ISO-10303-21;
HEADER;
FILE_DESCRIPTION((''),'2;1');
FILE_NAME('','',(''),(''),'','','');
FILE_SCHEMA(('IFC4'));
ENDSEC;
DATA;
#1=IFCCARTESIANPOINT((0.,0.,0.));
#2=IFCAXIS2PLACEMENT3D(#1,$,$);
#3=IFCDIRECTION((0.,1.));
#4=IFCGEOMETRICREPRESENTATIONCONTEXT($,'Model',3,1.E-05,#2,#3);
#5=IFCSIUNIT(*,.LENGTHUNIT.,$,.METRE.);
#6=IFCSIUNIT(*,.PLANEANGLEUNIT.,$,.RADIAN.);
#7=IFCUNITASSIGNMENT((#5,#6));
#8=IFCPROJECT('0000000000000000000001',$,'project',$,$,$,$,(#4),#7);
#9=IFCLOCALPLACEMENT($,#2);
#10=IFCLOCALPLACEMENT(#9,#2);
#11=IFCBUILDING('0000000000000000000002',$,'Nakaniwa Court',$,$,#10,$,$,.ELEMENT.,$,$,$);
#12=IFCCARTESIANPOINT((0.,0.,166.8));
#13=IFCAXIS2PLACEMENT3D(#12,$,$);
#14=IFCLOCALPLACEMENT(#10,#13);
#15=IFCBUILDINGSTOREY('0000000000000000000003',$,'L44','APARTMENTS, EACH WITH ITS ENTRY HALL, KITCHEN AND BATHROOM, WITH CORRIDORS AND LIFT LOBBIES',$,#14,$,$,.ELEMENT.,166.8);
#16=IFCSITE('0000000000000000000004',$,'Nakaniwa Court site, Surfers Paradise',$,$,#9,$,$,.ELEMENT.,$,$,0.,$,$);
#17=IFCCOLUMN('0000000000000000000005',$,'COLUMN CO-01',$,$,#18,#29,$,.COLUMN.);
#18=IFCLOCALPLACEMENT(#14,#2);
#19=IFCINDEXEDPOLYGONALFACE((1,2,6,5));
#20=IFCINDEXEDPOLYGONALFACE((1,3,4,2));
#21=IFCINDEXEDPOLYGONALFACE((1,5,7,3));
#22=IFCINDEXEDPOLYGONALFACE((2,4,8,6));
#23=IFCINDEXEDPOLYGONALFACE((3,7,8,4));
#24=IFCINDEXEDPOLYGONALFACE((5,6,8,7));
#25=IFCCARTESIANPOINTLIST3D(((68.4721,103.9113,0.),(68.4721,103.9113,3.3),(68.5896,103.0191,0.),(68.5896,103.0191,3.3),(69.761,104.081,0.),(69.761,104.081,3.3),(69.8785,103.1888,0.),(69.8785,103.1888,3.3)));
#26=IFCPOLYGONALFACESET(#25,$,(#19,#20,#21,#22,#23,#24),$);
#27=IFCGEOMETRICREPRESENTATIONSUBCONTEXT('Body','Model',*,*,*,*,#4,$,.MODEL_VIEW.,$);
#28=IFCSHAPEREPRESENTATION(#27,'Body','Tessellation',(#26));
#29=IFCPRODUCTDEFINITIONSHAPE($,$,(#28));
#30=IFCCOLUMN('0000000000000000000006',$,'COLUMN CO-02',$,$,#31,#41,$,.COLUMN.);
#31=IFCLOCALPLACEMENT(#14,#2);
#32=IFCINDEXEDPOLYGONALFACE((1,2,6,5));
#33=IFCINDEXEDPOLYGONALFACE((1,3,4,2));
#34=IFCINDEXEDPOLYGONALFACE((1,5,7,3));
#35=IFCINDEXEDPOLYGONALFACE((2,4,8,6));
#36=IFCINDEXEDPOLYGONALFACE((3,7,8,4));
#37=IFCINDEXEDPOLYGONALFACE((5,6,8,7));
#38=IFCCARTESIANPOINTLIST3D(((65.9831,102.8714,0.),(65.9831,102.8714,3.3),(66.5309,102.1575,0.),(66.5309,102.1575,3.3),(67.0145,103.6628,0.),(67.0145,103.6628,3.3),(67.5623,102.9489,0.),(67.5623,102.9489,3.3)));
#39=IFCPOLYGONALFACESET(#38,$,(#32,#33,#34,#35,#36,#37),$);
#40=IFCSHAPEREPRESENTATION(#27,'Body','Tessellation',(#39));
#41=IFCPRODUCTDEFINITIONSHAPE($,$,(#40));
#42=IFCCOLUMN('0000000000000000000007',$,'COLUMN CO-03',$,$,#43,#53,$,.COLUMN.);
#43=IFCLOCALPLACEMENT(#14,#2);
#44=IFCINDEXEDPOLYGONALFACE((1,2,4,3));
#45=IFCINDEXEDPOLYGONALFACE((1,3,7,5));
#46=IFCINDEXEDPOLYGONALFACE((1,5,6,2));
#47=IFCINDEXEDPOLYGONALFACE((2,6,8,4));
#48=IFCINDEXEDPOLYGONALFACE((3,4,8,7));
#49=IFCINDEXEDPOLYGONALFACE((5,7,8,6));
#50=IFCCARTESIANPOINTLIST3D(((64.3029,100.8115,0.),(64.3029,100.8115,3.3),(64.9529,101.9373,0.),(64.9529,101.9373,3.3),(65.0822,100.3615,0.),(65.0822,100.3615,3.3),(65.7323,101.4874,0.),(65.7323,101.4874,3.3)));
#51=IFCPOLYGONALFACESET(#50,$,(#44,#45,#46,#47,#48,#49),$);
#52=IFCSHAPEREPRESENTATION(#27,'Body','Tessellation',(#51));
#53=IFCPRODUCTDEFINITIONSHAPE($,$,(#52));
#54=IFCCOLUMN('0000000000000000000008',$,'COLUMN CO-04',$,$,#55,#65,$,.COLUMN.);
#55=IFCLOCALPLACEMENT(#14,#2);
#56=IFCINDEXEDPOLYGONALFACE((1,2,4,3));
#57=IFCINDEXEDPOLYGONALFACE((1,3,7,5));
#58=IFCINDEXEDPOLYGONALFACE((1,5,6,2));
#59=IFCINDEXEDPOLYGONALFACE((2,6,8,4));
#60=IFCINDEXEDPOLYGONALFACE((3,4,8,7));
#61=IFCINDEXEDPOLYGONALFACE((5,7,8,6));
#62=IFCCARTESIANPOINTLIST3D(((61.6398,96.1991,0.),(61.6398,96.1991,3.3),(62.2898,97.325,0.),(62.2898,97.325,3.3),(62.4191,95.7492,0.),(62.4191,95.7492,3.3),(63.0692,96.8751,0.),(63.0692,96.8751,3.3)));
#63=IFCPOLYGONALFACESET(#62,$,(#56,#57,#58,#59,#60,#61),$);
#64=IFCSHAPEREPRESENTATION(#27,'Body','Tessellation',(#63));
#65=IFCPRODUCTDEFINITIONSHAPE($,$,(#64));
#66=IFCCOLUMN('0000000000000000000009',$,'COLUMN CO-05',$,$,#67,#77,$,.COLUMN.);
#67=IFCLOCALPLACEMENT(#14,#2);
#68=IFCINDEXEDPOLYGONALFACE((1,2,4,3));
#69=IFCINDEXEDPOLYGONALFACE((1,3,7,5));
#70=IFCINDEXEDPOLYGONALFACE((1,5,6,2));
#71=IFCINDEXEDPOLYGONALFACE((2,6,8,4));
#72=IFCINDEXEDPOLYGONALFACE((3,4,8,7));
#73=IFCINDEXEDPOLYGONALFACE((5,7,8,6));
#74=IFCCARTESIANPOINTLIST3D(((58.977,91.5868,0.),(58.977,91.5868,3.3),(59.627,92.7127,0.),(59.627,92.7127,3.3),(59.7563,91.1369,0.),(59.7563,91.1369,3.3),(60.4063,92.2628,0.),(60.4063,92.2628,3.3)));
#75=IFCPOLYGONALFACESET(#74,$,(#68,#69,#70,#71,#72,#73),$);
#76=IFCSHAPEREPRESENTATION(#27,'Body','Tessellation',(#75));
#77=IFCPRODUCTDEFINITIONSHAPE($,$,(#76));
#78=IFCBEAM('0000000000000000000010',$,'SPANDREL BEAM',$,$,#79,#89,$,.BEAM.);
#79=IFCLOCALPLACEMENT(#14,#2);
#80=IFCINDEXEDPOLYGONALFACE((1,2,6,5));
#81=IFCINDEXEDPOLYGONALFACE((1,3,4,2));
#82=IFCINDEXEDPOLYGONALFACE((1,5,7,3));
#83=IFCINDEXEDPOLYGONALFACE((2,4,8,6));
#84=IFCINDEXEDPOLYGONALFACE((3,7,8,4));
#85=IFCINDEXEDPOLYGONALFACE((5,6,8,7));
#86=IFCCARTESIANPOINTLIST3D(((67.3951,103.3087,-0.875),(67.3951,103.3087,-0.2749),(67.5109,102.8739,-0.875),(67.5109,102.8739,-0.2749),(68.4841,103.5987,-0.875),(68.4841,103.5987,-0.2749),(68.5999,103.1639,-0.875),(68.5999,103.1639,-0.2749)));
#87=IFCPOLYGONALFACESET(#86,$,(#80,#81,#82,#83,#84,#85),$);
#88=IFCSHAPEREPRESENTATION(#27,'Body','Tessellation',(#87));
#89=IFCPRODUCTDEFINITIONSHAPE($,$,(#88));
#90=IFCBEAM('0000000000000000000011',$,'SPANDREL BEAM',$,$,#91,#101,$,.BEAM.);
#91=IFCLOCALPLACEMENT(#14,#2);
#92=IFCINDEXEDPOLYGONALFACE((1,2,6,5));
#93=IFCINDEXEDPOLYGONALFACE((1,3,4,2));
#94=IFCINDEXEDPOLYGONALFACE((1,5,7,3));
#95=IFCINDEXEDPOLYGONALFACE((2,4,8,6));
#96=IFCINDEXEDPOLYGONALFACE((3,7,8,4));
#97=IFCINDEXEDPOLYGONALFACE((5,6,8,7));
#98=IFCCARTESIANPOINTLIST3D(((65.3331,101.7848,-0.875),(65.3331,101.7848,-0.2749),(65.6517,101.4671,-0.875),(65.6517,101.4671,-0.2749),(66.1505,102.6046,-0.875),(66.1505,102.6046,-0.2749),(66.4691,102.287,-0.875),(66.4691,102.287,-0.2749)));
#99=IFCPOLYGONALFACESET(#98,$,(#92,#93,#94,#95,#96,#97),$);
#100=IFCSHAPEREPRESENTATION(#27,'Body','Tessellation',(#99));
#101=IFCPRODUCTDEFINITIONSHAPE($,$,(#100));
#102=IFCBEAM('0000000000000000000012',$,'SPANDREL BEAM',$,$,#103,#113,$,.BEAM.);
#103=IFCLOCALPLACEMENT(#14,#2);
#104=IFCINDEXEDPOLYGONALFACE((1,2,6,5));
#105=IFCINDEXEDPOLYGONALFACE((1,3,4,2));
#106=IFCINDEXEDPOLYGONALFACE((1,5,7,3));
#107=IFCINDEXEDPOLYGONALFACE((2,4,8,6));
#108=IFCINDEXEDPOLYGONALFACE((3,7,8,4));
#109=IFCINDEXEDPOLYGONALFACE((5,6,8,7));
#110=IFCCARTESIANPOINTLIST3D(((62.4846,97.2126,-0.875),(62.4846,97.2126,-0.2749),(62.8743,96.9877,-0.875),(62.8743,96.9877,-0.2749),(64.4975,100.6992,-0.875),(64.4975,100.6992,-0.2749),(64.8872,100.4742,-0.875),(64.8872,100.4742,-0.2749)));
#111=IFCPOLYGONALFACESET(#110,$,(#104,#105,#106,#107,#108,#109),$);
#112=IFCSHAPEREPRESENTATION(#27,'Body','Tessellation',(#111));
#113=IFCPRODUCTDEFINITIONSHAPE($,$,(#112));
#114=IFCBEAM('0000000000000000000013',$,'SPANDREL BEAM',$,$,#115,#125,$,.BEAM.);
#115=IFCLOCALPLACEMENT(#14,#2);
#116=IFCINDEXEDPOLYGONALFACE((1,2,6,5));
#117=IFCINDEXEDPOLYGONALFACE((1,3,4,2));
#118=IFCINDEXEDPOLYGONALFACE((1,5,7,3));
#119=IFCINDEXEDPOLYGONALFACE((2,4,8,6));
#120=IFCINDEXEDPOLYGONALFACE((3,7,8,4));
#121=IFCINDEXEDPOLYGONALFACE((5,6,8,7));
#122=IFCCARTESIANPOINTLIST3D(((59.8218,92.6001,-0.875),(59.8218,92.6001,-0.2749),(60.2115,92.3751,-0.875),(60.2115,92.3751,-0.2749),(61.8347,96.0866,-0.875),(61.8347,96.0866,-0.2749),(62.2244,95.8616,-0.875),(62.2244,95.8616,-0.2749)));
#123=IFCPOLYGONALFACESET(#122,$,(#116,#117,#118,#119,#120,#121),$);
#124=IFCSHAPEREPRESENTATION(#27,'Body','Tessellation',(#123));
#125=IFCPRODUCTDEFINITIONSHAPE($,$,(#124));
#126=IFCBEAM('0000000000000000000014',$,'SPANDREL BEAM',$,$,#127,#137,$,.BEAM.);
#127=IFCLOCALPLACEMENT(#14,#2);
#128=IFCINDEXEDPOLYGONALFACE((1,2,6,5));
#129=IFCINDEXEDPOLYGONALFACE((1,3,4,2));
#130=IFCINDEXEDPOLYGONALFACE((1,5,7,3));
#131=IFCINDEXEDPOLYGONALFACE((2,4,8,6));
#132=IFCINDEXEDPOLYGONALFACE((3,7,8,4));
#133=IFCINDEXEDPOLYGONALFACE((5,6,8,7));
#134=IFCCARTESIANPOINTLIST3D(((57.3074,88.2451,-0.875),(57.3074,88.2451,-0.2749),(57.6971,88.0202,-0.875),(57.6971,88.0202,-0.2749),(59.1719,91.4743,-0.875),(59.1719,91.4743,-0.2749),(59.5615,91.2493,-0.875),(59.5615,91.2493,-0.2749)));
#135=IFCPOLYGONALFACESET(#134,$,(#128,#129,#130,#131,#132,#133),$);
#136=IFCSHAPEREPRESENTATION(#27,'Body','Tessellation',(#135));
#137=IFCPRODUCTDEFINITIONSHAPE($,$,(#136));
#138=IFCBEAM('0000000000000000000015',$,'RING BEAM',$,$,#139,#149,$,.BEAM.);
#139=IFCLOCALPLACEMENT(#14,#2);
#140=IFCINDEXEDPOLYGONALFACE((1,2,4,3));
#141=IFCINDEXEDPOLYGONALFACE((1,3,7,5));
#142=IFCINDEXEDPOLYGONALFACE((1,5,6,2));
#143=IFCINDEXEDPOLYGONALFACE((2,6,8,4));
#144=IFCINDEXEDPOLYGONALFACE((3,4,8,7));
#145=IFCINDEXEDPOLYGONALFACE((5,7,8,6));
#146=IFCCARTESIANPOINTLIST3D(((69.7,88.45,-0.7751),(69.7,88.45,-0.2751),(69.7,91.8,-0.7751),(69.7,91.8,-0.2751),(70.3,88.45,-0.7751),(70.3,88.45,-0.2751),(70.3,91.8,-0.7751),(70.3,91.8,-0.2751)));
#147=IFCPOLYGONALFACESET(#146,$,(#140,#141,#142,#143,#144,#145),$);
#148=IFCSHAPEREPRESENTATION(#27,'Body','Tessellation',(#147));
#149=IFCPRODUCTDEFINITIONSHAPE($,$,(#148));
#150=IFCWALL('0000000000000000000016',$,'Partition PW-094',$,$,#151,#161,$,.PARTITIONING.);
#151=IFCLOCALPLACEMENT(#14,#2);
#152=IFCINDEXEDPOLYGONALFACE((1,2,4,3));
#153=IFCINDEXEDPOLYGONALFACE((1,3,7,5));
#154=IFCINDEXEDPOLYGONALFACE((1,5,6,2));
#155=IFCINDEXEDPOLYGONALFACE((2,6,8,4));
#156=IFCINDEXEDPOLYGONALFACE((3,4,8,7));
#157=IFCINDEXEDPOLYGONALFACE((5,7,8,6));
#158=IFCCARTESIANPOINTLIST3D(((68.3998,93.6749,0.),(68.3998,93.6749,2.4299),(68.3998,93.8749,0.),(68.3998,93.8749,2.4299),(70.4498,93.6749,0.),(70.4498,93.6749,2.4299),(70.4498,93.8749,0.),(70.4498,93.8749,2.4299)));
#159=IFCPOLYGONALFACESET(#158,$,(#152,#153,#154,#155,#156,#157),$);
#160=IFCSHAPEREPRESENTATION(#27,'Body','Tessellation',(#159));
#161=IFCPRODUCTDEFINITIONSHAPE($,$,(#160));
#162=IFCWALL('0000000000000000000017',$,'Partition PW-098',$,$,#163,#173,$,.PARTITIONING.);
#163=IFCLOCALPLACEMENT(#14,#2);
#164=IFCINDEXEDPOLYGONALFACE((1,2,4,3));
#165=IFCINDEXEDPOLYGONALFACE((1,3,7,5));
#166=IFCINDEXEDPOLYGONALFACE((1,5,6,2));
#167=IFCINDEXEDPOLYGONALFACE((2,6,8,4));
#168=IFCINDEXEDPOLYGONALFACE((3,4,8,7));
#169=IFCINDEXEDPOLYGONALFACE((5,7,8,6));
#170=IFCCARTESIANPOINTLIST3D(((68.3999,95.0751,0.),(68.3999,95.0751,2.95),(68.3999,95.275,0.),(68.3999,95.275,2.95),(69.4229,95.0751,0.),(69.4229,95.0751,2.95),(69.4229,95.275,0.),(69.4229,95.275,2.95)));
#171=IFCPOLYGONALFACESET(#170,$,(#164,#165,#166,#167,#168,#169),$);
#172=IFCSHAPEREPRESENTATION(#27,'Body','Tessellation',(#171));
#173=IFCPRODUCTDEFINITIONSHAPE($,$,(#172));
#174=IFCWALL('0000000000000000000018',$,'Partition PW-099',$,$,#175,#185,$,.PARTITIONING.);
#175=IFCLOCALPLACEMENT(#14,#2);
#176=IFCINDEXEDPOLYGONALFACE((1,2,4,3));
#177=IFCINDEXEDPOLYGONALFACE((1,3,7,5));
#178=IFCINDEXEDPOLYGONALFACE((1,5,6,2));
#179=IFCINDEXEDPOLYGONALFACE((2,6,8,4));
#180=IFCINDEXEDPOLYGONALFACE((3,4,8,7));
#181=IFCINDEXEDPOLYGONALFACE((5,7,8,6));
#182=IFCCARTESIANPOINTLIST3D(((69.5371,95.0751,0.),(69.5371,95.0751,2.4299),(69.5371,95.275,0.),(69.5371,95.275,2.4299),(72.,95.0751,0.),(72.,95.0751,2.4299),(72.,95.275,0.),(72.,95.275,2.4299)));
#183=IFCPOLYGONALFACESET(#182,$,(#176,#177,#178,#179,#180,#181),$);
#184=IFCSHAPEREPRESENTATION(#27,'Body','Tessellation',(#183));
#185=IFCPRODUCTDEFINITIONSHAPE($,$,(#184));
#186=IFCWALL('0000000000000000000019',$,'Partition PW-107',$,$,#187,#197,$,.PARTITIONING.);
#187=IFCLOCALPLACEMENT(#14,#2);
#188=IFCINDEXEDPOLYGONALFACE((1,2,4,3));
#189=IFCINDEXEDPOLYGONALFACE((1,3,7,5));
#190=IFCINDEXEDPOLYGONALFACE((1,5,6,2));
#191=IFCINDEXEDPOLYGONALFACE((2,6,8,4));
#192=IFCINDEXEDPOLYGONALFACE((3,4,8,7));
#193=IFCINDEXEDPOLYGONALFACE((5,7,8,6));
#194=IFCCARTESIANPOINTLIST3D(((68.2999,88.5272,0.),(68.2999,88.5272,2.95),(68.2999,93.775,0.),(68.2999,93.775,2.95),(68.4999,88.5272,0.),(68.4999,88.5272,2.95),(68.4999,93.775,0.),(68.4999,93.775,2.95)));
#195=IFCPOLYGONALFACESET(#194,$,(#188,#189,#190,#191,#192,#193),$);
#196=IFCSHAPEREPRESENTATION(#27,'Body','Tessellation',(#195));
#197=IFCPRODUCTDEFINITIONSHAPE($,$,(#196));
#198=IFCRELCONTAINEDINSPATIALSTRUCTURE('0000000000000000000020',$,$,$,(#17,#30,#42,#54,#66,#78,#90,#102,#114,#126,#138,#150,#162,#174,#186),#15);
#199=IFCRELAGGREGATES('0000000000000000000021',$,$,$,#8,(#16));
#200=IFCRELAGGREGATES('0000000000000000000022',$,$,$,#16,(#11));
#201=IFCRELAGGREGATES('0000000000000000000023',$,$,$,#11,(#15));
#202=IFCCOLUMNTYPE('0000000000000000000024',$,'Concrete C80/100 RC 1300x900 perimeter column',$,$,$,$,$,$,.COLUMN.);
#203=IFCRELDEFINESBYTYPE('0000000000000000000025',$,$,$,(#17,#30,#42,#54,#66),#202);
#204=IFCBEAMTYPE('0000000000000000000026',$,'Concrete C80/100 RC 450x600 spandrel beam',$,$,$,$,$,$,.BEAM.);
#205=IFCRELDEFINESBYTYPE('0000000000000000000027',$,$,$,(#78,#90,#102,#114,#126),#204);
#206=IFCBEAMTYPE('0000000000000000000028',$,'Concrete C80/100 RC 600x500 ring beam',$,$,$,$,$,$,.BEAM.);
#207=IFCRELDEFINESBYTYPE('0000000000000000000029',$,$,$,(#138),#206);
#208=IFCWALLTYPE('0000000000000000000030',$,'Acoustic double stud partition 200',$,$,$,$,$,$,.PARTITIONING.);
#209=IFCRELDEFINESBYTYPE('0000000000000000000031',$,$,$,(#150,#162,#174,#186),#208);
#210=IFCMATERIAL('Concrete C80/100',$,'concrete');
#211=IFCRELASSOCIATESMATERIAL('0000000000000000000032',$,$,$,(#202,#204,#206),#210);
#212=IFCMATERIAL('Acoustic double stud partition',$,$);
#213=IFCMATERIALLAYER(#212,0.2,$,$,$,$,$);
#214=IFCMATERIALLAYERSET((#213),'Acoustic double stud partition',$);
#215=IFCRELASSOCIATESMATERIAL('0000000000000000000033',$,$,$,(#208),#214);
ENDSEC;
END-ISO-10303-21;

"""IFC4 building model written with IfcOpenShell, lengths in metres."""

from ifc_helpers import new_model, si_unit, direction, frame, frame_2d, origin, origin_2d, place, context, subcontext, project, spatial, rectangle, extrude, material, layer, layer_set, material_profile, profile_set, type_object, element, save


model = new_model("IFC4")

# Units and contexts
model_context = context("Model", 3, precision=1e-05, world=origin(), true_north=direction((0.0, 1.0)))
body_context = subcontext(model_context, "Body", "Model", "MODEL_VIEW")
ifc_project = project(units=[si_unit("LENGTHUNIT", "METRE"), si_unit("PLANEANGLEUNIT", "RADIAN")], contexts=[model_context])

# Site, building, storey
site_placement = place(None, origin())
site = spatial("IfcSite", under=ifc_project, at=site_placement, Name="Nakaniwa Court site, Surfers Paradise", CompositionType="ELEMENT", RefElevation=0.0)
building_placement = place(site_placement, origin())
building = spatial("IfcBuilding", under=site, at=building_placement, Name="Nakaniwa Court", CompositionType="ELEMENT")
storey_placement = place(building_placement, frame((0.0, 0.0, 166.8)))
storey = spatial("IfcBuildingStorey", under=building, at=storey_placement, Name="L44", Description="APARTMENTS, EACH WITH ITS ENTRY HALL, KITCHEN AND BATHROOM, WITH CORRIDORS AND LIFT LOBBIES", CompositionType="ELEMENT", Elevation=166.8)

# Columns
ifc_material_1 = material(Name="Concrete C80/100", Category="concrete")
ifc_material_profile_1 = material_profile(ifc_material_1, rectangle(XDim=1.3, YDim=0.8999, at=origin_2d()), Name="Concrete C80/100 RC 1300x900 perimeter column")
ifc_profile_set_1 = profile_set([ifc_material_profile_1], Name="Concrete C80/100")
column_type = type_object("IfcColumnType", Name="Concrete C80/100 RC 1300x900 perimeter column", PredefinedType="COLUMN", material=ifc_profile_set_1)
for number, where, z_axis, x_axis, name in (
    (1, (69.1753, 103.55, 0.0), (0.0, 0.0, 1.0), (-0.991443, -0.130543, 0.0), "COLUMN CO-01"),
    (2, (66.7727, 102.9102, 0.0), (0.0, 0.0, 1.0), (-0.793364, -0.608748, 0.0), "COLUMN CO-02"),
    (3, (65.0176, 101.1494, 0.0), (0.0, 0.0, 1.0), (-0.5, -0.866025, 0.0), "COLUMN CO-03"),
    (4, (62.3545, 96.5371, 0.0), (0.0, 0.0, 1.0), (-0.5, -0.866025, 0.0), "COLUMN CO-04"),
    (5, (59.6917, 91.9248, 0.0), (0.0, 0.0, 1.0), (-0.5, -0.866025, 0.0), "COLUMN CO-05"),
):
    element("IfcColumn", number, at=place(storey_placement, frame(where, z_axis=z_axis, x_axis=x_axis)), inside=storey, type_object=column_type, Name=name, PredefinedType="COLUMN", context=body_context, shape_type="SweptSolid", body=[
        extrude(rectangle(XDim=1.3, YDim=0.8999, at=origin_2d()), origin(), (0.0, 0.0, 1.0), 3.3),
    ])

# Beams
ifc_material_profile_2 = material_profile(ifc_material_1, rectangle(XDim=0.45, YDim=0.6001, at=origin_2d()), Name="Concrete C80/100 RC 450x600 spandrel beam")
ifc_profile_set_2 = profile_set([ifc_material_profile_2], Name="Concrete C80/100")
beam_type_1 = type_object("IfcBeamType", Name="Concrete C80/100 RC 450x600 spandrel beam", PredefinedType="BEAM", material=ifc_profile_set_2)
beam_1_placement = place(storey_placement, frame((68.542, 103.3813, -0.575), z_axis=(-0.966321, -0.257339, 0.0), x_axis=(0.257339, -0.966321, 0.0)))
element("IfcBeam", 6, at=beam_1_placement, inside=storey, type_object=beam_type_1, Name="SPANDREL BEAM", PredefinedType="BEAM", context=body_context, shape_type="SweptSolid", body=[
    extrude(rectangle(XDim=0.45, YDim=0.6001, at=origin_2d()), origin(), (0.0, 0.0, 1.0), 1.127),
])
beam_2_placement = place(storey_placement, frame((66.3098, 102.4458, -0.575), z_axis=(-0.706052, -0.70816, 0.0), x_axis=(0.70816, -0.706052, 0.0)))
element("IfcBeam", 7, at=beam_2_placement, inside=storey, type_object=beam_type_1, Name="SPANDREL BEAM", PredefinedType="BEAM", context=body_context, shape_type="SweptSolid", body=[
    extrude(rectangle(XDim=0.45, YDim=0.6001, at=origin_2d()), origin(), (0.0, 0.0, 1.0), 1.1577),
])
for number, where, z_axis, x_axis, name in (
    (8, (64.6924, 100.5867, -0.575), (-0.499994, -0.866029, 0.0), (0.866029, -0.499994, 0.0), "SPANDREL BEAM"),
    (9, (62.0295, 95.9741, -0.575), (-0.499994, -0.866029, 0.0), (0.866029, -0.499994, 0.0), "SPANDREL BEAM"),
):
    element("IfcBeam", number, at=place(storey_placement, frame(where, z_axis=z_axis, x_axis=x_axis)), inside=storey, type_object=beam_type_1, Name=name, PredefinedType="BEAM", context=body_context, shape_type="SweptSolid", body=[
        extrude(rectangle(XDim=0.45, YDim=0.6001, at=origin_2d()), origin(), (0.0, 0.0, 1.0), 4.0259),
    ])
beam_3_placement = place(storey_placement, frame((59.3667, 91.3618, -0.575), z_axis=(-0.500019, -0.866014, 0.0), x_axis=(0.866014, -0.500019, 0.0)))
element("IfcBeam", 10, at=beam_3_placement, inside=storey, type_object=beam_type_1, Name="SPANDREL BEAM", PredefinedType="BEAM", context=body_context, shape_type="SweptSolid", body=[
    extrude(rectangle(XDim=0.45, YDim=0.6001, at=origin_2d()), origin(), (0.0, 0.0, 1.0), 3.7288),
])
ifc_material_profile_3 = material_profile(ifc_material_1, rectangle(XDim=0.6001, YDim=0.5, at=origin_2d()), Name="Concrete C80/100 RC 600x500 ring beam")
ifc_profile_set_3 = profile_set([ifc_material_profile_3], Name="Concrete C80/100")
beam_type_2 = type_object("IfcBeamType", Name="Concrete C80/100 RC 600x500 ring beam", PredefinedType="BEAM", material=ifc_profile_set_3)
beam_4_placement = place(storey_placement, frame((70.0, 91.8, -0.5251), z_axis=(0.0, -1.0, 0.0), x_axis=(1.0, 0.0, 0.0)))
element("IfcBeam", 11, at=beam_4_placement, inside=storey, type_object=beam_type_2, Name="RING BEAM", PredefinedType="BEAM", context=body_context, shape_type="SweptSolid", body=[
    extrude(rectangle(XDim=0.6001, YDim=0.5, at=origin_2d()), origin(), (0.0, 0.0, 1.0), 3.3501),
])

# Walls
ifc_material_2 = material(Name="Acoustic double stud partition")
ifc_layer_1 = layer(ifc_material_2, 0.2)
ifc_layer_set_1 = layer_set([ifc_layer_1], Name="Acoustic double stud partition")
wall_type_1 = type_object("IfcWallType", Name="Acoustic double stud partition 200", PredefinedType="PARTITIONING", material=ifc_layer_set_1)
wall_1_placement = place(storey_placement, frame((68.3999, 93.7749, 0.0), z_axis=(0.0, 0.0, 1.0), x_axis=(1.0, 0.0, 0.0)))
element("IfcWall", 12, at=wall_1_placement, inside=storey, type_object=wall_type_1, Name="Partition PW-094", PredefinedType="PARTITIONING", context=body_context, shape_type="SweptSolid", body=[
    extrude(rectangle(XDim=2.05, YDim=0.2, at=frame_2d((1.0249, 0.0))), origin(), (0.0, 0.0, 1.0), 2.4299),
])
wall_2_placement = place(storey_placement, frame((68.3999, 95.175, 0.0), z_axis=(0.0, 0.0, 1.0), x_axis=(1.0, 0.0, 0.0)))
element("IfcWall", 13, at=wall_2_placement, inside=storey, type_object=wall_type_1, Name="Partition PW-098", PredefinedType="PARTITIONING", context=body_context, shape_type="SweptSolid", body=[
    extrude(rectangle(XDim=1.0229, YDim=0.2, at=frame_2d((0.5115, 0.0))), origin(), (0.0, 0.0, 1.0), 2.95),
])
wall_3_placement = place(storey_placement, frame((69.5371, 95.175, 0.0), z_axis=(0.0, 0.0, 1.0), x_axis=(1.0, 0.0, 0.0)))
element("IfcWall", 14, at=wall_3_placement, inside=storey, type_object=wall_type_1, Name="Partition PW-099", PredefinedType="PARTITIONING", context=body_context, shape_type="SweptSolid", body=[
    extrude(rectangle(XDim=2.4629, YDim=0.2, at=frame_2d((1.2314, 0.0))), origin(), (0.0, 0.0, 1.0), 2.4299),
])
wall_4_placement = place(storey_placement, frame((68.3999, 88.5271, 0.0), z_axis=(0.0, 0.0, 1.0), x_axis=(0.0, 1.0, 0.0)))
element("IfcWall", 15, at=wall_4_placement, inside=storey, type_object=wall_type_1, Name="Partition PW-107", PredefinedType="PARTITIONING", context=body_context, shape_type="SweptSolid", body=[
    extrude(rectangle(XDim=5.2478, YDim=0.2, at=frame_2d((2.624, 0.0))), origin(), (0.0, 0.0, 1.0), 2.95),
])

save(model, "model.ifc")
